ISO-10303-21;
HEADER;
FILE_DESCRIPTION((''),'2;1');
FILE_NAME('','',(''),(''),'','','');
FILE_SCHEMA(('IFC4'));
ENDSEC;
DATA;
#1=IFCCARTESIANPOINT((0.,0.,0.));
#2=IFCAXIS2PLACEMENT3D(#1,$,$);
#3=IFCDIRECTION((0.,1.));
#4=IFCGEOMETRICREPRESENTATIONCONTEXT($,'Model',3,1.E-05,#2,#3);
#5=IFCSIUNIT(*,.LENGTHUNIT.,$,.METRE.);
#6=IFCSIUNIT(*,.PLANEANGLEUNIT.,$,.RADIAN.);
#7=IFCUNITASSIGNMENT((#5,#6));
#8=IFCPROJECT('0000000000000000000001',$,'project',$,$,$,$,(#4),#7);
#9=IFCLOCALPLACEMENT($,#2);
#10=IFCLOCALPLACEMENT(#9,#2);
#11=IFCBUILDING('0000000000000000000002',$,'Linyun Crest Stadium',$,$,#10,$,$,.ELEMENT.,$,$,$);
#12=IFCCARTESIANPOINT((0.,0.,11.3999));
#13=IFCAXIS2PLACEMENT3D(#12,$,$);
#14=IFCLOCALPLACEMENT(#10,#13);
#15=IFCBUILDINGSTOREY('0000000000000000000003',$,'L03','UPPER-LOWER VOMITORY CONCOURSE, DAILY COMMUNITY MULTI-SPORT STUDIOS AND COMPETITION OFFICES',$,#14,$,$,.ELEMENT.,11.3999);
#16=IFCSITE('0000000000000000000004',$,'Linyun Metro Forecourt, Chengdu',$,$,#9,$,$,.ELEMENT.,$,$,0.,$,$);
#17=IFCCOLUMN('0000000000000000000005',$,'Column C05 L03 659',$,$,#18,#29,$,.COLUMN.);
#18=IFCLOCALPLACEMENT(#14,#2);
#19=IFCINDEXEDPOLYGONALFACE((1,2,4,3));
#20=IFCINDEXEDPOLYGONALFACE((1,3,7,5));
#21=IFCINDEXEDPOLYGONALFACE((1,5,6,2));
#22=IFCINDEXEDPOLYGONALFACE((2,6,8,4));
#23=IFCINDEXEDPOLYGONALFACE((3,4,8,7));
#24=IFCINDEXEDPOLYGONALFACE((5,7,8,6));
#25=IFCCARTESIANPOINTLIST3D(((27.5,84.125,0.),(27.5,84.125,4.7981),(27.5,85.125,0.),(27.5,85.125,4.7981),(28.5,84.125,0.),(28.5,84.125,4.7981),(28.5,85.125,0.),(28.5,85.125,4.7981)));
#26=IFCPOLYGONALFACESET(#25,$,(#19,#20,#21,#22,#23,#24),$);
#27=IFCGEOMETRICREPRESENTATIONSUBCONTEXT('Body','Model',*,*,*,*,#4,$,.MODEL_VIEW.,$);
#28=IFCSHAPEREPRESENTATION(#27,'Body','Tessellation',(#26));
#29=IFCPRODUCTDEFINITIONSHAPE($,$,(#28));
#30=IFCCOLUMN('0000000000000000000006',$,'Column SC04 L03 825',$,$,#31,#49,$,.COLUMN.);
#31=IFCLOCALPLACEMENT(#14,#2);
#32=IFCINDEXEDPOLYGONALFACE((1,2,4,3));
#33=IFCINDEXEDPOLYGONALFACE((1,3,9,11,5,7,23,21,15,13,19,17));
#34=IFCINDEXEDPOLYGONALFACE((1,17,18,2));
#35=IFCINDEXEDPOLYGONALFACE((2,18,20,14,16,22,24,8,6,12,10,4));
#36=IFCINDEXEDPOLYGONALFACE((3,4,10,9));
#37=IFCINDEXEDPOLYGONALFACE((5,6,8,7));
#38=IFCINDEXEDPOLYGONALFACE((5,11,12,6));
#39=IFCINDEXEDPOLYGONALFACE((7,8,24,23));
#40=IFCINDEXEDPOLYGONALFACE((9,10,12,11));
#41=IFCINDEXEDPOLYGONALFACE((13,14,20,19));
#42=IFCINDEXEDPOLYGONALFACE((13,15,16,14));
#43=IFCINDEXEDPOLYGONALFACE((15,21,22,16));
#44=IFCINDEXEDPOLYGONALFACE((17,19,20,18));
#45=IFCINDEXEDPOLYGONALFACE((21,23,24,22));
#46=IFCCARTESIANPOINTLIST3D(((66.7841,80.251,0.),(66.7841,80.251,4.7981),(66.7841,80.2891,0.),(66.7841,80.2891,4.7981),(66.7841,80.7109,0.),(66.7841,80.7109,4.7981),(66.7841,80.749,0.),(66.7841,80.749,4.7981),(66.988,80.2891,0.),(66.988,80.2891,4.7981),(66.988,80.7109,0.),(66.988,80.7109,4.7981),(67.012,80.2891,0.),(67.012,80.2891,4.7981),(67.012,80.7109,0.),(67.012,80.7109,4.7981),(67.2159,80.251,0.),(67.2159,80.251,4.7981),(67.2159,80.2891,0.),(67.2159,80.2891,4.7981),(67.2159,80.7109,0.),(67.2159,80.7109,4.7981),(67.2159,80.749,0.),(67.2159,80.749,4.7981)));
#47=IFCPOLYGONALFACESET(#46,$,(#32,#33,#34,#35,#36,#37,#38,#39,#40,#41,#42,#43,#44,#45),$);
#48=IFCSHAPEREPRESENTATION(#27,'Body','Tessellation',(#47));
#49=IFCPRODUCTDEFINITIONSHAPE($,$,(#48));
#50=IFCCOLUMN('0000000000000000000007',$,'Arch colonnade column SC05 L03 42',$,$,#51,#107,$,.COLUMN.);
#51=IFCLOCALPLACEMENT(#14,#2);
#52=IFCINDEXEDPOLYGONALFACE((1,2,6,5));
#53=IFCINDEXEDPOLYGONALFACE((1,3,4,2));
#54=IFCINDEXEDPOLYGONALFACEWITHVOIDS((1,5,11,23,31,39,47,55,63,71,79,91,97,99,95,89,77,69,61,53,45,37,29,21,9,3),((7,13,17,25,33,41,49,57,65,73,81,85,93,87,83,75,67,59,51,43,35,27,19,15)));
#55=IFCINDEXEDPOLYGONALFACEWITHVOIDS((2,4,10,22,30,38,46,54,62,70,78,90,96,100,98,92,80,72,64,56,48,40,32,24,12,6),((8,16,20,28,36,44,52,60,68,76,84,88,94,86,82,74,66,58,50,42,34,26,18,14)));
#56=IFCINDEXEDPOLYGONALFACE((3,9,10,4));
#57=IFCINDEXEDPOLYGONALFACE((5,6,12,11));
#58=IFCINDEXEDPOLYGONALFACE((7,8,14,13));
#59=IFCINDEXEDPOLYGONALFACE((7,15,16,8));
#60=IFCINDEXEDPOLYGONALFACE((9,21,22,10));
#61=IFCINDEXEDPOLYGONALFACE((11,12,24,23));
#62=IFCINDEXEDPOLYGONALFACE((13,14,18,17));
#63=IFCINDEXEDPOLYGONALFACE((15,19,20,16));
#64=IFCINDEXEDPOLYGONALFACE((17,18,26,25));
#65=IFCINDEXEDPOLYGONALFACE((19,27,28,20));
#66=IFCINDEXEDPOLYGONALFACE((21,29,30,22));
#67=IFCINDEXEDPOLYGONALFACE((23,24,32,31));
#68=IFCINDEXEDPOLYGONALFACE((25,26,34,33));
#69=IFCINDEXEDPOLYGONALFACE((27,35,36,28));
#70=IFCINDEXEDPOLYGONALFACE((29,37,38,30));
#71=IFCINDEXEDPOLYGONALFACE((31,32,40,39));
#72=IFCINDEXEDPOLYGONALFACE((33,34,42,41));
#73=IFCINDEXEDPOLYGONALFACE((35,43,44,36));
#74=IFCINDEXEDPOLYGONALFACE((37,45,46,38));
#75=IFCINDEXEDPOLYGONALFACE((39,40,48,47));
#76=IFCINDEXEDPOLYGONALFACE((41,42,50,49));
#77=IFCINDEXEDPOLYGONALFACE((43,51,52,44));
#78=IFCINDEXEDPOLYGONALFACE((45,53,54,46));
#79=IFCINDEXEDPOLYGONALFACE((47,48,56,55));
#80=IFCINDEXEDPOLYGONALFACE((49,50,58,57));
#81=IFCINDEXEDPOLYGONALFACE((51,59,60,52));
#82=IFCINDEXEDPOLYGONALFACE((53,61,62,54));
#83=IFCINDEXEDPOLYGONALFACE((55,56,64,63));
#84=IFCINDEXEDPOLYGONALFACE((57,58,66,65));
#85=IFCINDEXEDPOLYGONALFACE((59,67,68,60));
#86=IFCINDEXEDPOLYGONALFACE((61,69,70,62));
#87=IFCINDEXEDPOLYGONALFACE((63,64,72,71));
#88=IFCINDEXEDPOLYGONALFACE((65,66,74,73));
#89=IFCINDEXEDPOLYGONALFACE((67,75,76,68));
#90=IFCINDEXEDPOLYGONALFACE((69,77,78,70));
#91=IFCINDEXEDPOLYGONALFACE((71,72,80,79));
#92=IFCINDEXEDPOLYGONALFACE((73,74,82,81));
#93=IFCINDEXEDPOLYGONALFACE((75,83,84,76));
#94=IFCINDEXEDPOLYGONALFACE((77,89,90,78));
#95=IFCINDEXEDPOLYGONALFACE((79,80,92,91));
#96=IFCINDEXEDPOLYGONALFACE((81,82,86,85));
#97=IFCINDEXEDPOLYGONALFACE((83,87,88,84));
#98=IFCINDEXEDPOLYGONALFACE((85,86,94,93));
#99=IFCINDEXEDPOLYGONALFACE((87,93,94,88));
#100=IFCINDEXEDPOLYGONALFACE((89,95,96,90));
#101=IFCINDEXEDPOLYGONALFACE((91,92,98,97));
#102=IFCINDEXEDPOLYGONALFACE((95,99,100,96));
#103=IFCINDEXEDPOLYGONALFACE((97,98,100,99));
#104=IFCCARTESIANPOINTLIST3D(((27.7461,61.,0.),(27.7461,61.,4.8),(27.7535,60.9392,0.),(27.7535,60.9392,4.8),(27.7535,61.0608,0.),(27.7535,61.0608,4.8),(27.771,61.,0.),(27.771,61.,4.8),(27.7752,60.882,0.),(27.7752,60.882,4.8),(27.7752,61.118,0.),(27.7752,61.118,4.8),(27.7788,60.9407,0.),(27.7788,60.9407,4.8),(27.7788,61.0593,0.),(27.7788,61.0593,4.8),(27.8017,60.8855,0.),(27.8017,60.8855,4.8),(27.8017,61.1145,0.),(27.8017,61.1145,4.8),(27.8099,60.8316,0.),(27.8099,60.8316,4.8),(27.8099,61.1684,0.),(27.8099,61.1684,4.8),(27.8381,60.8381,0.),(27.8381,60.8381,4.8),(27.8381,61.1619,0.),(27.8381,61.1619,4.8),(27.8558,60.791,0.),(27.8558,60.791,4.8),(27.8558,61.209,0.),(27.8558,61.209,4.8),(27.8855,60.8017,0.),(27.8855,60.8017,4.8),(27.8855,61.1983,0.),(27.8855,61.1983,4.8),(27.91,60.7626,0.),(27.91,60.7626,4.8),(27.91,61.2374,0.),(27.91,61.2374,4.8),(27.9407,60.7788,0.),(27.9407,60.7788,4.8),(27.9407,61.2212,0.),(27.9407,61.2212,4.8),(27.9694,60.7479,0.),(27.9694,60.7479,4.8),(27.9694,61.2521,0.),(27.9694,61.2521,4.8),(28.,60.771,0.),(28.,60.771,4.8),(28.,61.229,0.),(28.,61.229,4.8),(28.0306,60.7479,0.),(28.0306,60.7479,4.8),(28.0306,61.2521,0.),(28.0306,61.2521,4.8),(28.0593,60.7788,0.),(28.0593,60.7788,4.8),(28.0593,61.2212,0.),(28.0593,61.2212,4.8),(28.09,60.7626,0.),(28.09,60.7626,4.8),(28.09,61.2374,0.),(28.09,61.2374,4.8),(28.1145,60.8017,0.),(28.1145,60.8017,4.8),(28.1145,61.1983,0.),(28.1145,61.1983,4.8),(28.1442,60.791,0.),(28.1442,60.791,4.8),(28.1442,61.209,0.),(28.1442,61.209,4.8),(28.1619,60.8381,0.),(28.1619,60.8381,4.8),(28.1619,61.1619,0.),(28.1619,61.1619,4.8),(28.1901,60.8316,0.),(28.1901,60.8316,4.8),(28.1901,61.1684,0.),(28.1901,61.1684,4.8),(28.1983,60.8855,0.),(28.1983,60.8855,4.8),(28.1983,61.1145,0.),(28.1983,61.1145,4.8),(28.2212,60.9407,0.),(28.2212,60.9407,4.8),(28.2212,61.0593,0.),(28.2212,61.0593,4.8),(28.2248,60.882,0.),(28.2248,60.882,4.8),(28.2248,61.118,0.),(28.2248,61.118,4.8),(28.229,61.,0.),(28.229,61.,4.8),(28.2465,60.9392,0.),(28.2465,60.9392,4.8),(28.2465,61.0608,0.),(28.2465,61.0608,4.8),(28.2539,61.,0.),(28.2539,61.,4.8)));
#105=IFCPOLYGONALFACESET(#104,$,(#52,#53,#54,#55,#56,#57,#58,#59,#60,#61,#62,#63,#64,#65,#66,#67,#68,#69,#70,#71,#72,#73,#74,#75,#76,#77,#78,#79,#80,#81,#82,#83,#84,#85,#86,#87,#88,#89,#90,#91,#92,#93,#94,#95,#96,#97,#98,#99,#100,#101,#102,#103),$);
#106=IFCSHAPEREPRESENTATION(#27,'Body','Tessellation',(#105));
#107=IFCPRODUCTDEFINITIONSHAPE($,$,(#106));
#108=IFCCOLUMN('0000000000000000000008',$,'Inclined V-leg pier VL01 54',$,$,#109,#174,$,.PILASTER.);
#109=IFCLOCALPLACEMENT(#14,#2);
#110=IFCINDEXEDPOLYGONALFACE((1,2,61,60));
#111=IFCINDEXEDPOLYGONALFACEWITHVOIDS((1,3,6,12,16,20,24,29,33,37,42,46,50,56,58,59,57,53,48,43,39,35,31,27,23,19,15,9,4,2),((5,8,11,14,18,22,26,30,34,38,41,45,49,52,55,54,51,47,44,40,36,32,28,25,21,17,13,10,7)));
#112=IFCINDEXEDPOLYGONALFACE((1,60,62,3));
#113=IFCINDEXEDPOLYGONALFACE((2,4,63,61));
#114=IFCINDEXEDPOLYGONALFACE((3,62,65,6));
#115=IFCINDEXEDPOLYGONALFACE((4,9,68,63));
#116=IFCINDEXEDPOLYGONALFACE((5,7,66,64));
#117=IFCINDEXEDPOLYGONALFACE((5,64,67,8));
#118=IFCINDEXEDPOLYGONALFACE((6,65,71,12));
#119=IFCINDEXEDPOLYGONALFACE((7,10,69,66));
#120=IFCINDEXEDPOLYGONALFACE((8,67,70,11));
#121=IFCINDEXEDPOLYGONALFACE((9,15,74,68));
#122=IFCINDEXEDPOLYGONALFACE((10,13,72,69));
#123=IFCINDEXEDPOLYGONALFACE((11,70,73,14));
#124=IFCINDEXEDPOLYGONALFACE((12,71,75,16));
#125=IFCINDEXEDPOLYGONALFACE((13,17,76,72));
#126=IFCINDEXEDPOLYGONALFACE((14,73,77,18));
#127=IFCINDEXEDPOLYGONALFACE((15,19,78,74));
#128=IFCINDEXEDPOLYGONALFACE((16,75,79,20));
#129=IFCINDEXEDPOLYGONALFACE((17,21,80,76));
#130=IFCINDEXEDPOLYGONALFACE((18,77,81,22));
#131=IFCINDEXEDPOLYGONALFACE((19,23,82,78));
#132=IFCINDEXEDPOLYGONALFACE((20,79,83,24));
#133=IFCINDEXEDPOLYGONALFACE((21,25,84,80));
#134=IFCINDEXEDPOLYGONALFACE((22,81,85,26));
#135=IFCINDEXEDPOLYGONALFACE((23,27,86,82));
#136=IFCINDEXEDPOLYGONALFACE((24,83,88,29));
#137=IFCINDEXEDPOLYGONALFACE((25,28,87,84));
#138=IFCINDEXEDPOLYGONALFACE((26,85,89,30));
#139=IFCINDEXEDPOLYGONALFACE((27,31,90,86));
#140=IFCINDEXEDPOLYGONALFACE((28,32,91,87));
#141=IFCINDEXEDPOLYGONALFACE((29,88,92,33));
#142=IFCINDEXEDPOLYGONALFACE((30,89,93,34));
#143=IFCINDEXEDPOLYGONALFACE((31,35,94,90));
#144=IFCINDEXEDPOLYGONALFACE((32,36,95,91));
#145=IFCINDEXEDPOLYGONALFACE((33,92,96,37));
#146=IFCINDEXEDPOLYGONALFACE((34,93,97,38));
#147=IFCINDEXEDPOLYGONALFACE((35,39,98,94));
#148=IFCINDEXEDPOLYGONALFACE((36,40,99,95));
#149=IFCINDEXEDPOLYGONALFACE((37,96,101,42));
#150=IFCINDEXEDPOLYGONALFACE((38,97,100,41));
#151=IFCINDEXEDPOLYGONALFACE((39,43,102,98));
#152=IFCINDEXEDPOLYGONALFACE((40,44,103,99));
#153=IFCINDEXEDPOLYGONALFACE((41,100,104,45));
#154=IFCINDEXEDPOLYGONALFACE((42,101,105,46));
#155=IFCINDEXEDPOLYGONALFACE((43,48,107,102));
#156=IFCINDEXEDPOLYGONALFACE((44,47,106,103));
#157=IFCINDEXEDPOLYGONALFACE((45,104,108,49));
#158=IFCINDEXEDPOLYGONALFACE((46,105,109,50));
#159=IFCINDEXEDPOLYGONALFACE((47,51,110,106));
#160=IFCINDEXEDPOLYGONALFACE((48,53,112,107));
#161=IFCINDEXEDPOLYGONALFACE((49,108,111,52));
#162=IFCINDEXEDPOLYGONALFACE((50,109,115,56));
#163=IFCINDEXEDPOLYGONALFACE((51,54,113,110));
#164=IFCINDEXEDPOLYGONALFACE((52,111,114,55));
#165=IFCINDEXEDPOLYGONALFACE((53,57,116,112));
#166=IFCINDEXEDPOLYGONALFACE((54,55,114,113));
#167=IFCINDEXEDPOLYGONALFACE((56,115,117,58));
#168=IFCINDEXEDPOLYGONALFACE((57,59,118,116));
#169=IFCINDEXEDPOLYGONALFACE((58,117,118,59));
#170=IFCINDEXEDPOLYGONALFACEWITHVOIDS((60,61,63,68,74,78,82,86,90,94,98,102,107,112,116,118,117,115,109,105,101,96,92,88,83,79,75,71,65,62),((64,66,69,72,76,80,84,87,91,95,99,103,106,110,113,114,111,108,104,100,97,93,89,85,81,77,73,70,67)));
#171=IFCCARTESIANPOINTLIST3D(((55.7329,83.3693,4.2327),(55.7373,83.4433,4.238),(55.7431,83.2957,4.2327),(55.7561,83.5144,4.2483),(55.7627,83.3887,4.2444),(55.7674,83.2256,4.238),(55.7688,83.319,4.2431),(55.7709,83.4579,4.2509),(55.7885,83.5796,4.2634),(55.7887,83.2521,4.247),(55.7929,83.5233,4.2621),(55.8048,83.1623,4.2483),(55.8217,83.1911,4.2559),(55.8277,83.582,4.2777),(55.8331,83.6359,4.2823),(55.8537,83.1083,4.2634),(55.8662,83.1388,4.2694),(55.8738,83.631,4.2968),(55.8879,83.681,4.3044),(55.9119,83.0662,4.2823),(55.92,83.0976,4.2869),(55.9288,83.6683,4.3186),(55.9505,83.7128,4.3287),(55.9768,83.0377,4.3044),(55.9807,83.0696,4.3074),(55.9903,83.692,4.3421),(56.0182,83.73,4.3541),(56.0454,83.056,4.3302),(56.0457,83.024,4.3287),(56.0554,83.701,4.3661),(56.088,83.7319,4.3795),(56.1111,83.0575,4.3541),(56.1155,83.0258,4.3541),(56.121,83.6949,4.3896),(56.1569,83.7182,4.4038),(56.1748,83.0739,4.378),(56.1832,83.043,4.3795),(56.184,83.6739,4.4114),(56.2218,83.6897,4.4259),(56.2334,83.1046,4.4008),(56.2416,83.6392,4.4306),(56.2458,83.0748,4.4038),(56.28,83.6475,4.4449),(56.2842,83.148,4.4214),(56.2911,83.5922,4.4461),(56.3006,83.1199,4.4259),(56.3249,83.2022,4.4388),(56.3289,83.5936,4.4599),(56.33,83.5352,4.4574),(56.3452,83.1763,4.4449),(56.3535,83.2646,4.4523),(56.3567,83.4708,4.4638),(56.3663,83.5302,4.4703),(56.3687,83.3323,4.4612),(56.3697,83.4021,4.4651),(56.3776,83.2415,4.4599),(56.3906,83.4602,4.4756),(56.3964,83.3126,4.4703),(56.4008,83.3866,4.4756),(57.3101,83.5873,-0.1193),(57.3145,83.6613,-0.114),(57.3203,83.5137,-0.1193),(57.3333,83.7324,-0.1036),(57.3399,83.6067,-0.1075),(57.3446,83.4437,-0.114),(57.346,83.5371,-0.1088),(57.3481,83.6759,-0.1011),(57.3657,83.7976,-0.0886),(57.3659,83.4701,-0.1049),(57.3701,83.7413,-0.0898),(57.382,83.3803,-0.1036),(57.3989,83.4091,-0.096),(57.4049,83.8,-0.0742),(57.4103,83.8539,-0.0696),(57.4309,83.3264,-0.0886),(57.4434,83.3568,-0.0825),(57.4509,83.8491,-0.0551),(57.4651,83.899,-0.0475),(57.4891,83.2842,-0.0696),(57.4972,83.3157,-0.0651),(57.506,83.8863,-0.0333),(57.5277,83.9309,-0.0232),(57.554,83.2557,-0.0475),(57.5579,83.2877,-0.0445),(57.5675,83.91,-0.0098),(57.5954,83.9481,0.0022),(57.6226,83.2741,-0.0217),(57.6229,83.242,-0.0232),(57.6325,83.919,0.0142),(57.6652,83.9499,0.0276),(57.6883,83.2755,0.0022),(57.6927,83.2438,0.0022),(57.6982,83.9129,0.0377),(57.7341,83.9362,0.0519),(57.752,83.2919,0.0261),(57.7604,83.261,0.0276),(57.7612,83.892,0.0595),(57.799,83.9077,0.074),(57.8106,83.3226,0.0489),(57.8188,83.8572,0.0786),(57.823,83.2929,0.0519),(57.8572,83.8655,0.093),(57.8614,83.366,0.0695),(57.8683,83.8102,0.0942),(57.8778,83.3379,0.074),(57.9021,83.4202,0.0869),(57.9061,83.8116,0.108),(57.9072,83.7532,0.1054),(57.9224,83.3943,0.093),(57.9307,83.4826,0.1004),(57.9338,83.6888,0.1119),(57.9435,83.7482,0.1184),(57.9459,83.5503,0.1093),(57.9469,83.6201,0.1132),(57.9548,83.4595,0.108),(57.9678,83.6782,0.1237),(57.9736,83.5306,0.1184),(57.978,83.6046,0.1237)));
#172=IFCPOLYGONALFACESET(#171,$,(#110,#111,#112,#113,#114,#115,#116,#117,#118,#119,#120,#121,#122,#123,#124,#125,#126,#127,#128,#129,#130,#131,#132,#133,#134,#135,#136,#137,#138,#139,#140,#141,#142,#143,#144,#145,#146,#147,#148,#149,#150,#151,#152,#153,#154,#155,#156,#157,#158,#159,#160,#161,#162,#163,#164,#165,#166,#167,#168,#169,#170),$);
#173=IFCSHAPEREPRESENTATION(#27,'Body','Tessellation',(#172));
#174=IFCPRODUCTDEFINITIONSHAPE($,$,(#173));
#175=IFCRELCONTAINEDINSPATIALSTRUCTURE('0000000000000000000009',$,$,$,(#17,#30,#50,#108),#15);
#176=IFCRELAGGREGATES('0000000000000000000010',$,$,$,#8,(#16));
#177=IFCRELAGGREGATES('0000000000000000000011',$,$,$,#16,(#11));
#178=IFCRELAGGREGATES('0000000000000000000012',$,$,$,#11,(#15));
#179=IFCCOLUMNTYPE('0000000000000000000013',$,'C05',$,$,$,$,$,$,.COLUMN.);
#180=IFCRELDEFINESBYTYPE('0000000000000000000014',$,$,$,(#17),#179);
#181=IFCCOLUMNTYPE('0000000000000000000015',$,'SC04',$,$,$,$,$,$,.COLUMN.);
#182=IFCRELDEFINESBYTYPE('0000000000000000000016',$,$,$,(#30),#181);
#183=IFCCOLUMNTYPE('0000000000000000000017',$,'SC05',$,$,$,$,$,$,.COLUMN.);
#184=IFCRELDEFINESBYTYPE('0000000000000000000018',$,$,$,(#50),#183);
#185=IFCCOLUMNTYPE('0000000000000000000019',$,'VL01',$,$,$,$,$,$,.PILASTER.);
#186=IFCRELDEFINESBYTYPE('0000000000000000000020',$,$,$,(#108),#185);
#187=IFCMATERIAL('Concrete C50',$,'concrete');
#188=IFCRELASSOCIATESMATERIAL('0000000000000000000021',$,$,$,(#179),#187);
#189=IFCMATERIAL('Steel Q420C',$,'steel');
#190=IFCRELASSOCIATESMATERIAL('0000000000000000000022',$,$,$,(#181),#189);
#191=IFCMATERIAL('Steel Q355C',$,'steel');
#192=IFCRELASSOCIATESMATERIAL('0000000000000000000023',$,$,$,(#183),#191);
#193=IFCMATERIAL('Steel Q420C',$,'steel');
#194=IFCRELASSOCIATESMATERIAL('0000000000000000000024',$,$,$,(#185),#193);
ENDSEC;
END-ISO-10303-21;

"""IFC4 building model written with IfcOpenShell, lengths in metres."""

from ifc_helpers import new_model, si_unit, direction, frame, origin, origin_2d, place, context, subcontext, project, spatial, rectangle, hollow_circle, i_section, extrude, material, material_profile, profile_set, type_object, element, save


model = new_model("IFC4")

# Units and contexts
model_context = context("Model", 3, precision=1e-05, world=origin(), true_north=direction((0.0, 1.0)))
body_context = subcontext(model_context, "Body", "Model", "MODEL_VIEW")
ifc_project = project(units=[si_unit("LENGTHUNIT", "METRE"), si_unit("PLANEANGLEUNIT", "RADIAN")], contexts=[model_context])

# Site, building, storey
site_placement = place(None, origin())
site = spatial("IfcSite", under=ifc_project, at=site_placement, Name="Linyun Metro Forecourt, Chengdu", CompositionType="ELEMENT", RefElevation=0.0)
building_placement = place(site_placement, origin())
building = spatial("IfcBuilding", under=site, at=building_placement, Name="Linyun Crest Stadium", CompositionType="ELEMENT")
storey_placement = place(building_placement, frame((0.0, 0.0, 11.3999)))
storey = spatial("IfcBuildingStorey", under=building, at=storey_placement, Name="L03", Description="UPPER-LOWER VOMITORY CONCOURSE, DAILY COMMUNITY MULTI-SPORT STUDIOS AND COMPETITION OFFICES", CompositionType="ELEMENT", Elevation=11.3999)

# Columns
ifc_material_1 = material(Name="Concrete C50", Category="concrete")
ifc_material_profile_1 = material_profile(ifc_material_1, rectangle(XDim=1.0, YDim=1.0, at=origin_2d()), Name="RC 1000x1000")
ifc_profile_set_1 = profile_set([ifc_material_profile_1], Name="Concrete C50")
column_type_1 = type_object("IfcColumnType", Name="C05", PredefinedType="COLUMN", material=ifc_profile_set_1)
column_1_placement = place(storey_placement, frame((28.0, 84.625, 0.0), z_axis=(0.0, 0.0, 1.0), x_axis=(1.0, 0.0, 0.0)))
element("IfcColumn", 1, at=column_1_placement, inside=storey, type_object=column_type_1, Name="Column C05 L03 659", PredefinedType="COLUMN", context=body_context, shape_type="SweptSolid", body=[
    extrude(rectangle(XDim=1.0, YDim=1.0, at=origin_2d()), origin(), (0.0, 0.0, 1.0), 4.7981),
])
ifc_material_2 = material(Name="Steel Q420C", Category="steel")
ifc_material_profile_2 = material_profile(ifc_material_2, i_section(OverallWidth=0.4319, OverallDepth=0.498, WebThickness=0.0239, FlangeThickness=0.0381, at=origin_2d()), Name="HW 498x432")
ifc_profile_set_2 = profile_set([ifc_material_profile_2], Name="Steel Q420C")
column_type_2 = type_object("IfcColumnType", Name="SC04", PredefinedType="COLUMN", material=ifc_profile_set_2)
column_2_placement = place(storey_placement, frame((67.0, 80.5, 0.0), z_axis=(0.0, 0.0, 1.0), x_axis=(1.0, 0.0, 0.0)))
element("IfcColumn", 2, at=column_2_placement, inside=storey, type_object=column_type_2, Name="Column SC04 L03 825", PredefinedType="COLUMN", context=body_context, shape_type="SweptSolid", body=[
    extrude(i_section(OverallWidth=0.4319, OverallDepth=0.498, WebThickness=0.0239, FlangeThickness=0.0381, at=origin_2d()), origin(), (0.0, 0.0, 1.0), 4.7981),
])
ifc_material_3 = material(Name="Steel Q355C", Category="steel")
ifc_material_profile_3 = material_profile(ifc_material_3, hollow_circle(Radius=0.2539, WallThickness=0.0249, at=origin_2d()), Name="CHS 508x25")
ifc_profile_set_3 = profile_set([ifc_material_profile_3], Name="Steel Q355C")
column_type_3 = type_object("IfcColumnType", Name="SC05", PredefinedType="COLUMN", material=ifc_profile_set_3)
column_3_placement = place(storey_placement, frame((28.0, 61.0, 0.0), z_axis=(0.0, 0.0, 1.0), x_axis=(1.0, 0.0, 0.0)))
element("IfcColumn", 3, at=column_3_placement, inside=storey, type_object=column_type_3, Name="Arch colonnade column SC05 L03 42", PredefinedType="COLUMN", context=body_context, shape_type="SweptSolid", body=[
    extrude(hollow_circle(Radius=0.2539, WallThickness=0.0249, at=origin_2d()), origin(), (0.0, 0.0, 1.0), 4.8),
])
ifc_material_4 = material(Name="Steel Q420C", Category="steel")
ifc_material_profile_4 = material_profile(ifc_material_4, hollow_circle(Radius=0.3555, WallThickness=0.032, at=origin_2d()), Name="CHS 711x32")
ifc_profile_set_4 = profile_set([ifc_material_profile_4], Name="Steel Q420C")
column_type_4 = type_object("IfcColumnType", Name="VL01", PredefinedType="PILASTER", material=ifc_profile_set_4)
column_4_placement = place(storey_placement, frame((57.644, 83.5959, 0.0022), z_axis=(-0.340349, -0.047048, 0.939121), x_axis=(0.136933, -0.99058, 0.0)))
element("IfcColumn", 4, at=column_4_placement, inside=storey, type_object=column_type_4, Name="Inclined V-leg pier VL01 54", PredefinedType="PILASTER", context=body_context, shape_type="SweptSolid", body=[
    extrude(hollow_circle(Radius=0.3555, WallThickness=0.032, at=origin_2d()), origin(), (0.0, 0.0, 1.0), 4.634),
])

save(model, "model.ifc")
